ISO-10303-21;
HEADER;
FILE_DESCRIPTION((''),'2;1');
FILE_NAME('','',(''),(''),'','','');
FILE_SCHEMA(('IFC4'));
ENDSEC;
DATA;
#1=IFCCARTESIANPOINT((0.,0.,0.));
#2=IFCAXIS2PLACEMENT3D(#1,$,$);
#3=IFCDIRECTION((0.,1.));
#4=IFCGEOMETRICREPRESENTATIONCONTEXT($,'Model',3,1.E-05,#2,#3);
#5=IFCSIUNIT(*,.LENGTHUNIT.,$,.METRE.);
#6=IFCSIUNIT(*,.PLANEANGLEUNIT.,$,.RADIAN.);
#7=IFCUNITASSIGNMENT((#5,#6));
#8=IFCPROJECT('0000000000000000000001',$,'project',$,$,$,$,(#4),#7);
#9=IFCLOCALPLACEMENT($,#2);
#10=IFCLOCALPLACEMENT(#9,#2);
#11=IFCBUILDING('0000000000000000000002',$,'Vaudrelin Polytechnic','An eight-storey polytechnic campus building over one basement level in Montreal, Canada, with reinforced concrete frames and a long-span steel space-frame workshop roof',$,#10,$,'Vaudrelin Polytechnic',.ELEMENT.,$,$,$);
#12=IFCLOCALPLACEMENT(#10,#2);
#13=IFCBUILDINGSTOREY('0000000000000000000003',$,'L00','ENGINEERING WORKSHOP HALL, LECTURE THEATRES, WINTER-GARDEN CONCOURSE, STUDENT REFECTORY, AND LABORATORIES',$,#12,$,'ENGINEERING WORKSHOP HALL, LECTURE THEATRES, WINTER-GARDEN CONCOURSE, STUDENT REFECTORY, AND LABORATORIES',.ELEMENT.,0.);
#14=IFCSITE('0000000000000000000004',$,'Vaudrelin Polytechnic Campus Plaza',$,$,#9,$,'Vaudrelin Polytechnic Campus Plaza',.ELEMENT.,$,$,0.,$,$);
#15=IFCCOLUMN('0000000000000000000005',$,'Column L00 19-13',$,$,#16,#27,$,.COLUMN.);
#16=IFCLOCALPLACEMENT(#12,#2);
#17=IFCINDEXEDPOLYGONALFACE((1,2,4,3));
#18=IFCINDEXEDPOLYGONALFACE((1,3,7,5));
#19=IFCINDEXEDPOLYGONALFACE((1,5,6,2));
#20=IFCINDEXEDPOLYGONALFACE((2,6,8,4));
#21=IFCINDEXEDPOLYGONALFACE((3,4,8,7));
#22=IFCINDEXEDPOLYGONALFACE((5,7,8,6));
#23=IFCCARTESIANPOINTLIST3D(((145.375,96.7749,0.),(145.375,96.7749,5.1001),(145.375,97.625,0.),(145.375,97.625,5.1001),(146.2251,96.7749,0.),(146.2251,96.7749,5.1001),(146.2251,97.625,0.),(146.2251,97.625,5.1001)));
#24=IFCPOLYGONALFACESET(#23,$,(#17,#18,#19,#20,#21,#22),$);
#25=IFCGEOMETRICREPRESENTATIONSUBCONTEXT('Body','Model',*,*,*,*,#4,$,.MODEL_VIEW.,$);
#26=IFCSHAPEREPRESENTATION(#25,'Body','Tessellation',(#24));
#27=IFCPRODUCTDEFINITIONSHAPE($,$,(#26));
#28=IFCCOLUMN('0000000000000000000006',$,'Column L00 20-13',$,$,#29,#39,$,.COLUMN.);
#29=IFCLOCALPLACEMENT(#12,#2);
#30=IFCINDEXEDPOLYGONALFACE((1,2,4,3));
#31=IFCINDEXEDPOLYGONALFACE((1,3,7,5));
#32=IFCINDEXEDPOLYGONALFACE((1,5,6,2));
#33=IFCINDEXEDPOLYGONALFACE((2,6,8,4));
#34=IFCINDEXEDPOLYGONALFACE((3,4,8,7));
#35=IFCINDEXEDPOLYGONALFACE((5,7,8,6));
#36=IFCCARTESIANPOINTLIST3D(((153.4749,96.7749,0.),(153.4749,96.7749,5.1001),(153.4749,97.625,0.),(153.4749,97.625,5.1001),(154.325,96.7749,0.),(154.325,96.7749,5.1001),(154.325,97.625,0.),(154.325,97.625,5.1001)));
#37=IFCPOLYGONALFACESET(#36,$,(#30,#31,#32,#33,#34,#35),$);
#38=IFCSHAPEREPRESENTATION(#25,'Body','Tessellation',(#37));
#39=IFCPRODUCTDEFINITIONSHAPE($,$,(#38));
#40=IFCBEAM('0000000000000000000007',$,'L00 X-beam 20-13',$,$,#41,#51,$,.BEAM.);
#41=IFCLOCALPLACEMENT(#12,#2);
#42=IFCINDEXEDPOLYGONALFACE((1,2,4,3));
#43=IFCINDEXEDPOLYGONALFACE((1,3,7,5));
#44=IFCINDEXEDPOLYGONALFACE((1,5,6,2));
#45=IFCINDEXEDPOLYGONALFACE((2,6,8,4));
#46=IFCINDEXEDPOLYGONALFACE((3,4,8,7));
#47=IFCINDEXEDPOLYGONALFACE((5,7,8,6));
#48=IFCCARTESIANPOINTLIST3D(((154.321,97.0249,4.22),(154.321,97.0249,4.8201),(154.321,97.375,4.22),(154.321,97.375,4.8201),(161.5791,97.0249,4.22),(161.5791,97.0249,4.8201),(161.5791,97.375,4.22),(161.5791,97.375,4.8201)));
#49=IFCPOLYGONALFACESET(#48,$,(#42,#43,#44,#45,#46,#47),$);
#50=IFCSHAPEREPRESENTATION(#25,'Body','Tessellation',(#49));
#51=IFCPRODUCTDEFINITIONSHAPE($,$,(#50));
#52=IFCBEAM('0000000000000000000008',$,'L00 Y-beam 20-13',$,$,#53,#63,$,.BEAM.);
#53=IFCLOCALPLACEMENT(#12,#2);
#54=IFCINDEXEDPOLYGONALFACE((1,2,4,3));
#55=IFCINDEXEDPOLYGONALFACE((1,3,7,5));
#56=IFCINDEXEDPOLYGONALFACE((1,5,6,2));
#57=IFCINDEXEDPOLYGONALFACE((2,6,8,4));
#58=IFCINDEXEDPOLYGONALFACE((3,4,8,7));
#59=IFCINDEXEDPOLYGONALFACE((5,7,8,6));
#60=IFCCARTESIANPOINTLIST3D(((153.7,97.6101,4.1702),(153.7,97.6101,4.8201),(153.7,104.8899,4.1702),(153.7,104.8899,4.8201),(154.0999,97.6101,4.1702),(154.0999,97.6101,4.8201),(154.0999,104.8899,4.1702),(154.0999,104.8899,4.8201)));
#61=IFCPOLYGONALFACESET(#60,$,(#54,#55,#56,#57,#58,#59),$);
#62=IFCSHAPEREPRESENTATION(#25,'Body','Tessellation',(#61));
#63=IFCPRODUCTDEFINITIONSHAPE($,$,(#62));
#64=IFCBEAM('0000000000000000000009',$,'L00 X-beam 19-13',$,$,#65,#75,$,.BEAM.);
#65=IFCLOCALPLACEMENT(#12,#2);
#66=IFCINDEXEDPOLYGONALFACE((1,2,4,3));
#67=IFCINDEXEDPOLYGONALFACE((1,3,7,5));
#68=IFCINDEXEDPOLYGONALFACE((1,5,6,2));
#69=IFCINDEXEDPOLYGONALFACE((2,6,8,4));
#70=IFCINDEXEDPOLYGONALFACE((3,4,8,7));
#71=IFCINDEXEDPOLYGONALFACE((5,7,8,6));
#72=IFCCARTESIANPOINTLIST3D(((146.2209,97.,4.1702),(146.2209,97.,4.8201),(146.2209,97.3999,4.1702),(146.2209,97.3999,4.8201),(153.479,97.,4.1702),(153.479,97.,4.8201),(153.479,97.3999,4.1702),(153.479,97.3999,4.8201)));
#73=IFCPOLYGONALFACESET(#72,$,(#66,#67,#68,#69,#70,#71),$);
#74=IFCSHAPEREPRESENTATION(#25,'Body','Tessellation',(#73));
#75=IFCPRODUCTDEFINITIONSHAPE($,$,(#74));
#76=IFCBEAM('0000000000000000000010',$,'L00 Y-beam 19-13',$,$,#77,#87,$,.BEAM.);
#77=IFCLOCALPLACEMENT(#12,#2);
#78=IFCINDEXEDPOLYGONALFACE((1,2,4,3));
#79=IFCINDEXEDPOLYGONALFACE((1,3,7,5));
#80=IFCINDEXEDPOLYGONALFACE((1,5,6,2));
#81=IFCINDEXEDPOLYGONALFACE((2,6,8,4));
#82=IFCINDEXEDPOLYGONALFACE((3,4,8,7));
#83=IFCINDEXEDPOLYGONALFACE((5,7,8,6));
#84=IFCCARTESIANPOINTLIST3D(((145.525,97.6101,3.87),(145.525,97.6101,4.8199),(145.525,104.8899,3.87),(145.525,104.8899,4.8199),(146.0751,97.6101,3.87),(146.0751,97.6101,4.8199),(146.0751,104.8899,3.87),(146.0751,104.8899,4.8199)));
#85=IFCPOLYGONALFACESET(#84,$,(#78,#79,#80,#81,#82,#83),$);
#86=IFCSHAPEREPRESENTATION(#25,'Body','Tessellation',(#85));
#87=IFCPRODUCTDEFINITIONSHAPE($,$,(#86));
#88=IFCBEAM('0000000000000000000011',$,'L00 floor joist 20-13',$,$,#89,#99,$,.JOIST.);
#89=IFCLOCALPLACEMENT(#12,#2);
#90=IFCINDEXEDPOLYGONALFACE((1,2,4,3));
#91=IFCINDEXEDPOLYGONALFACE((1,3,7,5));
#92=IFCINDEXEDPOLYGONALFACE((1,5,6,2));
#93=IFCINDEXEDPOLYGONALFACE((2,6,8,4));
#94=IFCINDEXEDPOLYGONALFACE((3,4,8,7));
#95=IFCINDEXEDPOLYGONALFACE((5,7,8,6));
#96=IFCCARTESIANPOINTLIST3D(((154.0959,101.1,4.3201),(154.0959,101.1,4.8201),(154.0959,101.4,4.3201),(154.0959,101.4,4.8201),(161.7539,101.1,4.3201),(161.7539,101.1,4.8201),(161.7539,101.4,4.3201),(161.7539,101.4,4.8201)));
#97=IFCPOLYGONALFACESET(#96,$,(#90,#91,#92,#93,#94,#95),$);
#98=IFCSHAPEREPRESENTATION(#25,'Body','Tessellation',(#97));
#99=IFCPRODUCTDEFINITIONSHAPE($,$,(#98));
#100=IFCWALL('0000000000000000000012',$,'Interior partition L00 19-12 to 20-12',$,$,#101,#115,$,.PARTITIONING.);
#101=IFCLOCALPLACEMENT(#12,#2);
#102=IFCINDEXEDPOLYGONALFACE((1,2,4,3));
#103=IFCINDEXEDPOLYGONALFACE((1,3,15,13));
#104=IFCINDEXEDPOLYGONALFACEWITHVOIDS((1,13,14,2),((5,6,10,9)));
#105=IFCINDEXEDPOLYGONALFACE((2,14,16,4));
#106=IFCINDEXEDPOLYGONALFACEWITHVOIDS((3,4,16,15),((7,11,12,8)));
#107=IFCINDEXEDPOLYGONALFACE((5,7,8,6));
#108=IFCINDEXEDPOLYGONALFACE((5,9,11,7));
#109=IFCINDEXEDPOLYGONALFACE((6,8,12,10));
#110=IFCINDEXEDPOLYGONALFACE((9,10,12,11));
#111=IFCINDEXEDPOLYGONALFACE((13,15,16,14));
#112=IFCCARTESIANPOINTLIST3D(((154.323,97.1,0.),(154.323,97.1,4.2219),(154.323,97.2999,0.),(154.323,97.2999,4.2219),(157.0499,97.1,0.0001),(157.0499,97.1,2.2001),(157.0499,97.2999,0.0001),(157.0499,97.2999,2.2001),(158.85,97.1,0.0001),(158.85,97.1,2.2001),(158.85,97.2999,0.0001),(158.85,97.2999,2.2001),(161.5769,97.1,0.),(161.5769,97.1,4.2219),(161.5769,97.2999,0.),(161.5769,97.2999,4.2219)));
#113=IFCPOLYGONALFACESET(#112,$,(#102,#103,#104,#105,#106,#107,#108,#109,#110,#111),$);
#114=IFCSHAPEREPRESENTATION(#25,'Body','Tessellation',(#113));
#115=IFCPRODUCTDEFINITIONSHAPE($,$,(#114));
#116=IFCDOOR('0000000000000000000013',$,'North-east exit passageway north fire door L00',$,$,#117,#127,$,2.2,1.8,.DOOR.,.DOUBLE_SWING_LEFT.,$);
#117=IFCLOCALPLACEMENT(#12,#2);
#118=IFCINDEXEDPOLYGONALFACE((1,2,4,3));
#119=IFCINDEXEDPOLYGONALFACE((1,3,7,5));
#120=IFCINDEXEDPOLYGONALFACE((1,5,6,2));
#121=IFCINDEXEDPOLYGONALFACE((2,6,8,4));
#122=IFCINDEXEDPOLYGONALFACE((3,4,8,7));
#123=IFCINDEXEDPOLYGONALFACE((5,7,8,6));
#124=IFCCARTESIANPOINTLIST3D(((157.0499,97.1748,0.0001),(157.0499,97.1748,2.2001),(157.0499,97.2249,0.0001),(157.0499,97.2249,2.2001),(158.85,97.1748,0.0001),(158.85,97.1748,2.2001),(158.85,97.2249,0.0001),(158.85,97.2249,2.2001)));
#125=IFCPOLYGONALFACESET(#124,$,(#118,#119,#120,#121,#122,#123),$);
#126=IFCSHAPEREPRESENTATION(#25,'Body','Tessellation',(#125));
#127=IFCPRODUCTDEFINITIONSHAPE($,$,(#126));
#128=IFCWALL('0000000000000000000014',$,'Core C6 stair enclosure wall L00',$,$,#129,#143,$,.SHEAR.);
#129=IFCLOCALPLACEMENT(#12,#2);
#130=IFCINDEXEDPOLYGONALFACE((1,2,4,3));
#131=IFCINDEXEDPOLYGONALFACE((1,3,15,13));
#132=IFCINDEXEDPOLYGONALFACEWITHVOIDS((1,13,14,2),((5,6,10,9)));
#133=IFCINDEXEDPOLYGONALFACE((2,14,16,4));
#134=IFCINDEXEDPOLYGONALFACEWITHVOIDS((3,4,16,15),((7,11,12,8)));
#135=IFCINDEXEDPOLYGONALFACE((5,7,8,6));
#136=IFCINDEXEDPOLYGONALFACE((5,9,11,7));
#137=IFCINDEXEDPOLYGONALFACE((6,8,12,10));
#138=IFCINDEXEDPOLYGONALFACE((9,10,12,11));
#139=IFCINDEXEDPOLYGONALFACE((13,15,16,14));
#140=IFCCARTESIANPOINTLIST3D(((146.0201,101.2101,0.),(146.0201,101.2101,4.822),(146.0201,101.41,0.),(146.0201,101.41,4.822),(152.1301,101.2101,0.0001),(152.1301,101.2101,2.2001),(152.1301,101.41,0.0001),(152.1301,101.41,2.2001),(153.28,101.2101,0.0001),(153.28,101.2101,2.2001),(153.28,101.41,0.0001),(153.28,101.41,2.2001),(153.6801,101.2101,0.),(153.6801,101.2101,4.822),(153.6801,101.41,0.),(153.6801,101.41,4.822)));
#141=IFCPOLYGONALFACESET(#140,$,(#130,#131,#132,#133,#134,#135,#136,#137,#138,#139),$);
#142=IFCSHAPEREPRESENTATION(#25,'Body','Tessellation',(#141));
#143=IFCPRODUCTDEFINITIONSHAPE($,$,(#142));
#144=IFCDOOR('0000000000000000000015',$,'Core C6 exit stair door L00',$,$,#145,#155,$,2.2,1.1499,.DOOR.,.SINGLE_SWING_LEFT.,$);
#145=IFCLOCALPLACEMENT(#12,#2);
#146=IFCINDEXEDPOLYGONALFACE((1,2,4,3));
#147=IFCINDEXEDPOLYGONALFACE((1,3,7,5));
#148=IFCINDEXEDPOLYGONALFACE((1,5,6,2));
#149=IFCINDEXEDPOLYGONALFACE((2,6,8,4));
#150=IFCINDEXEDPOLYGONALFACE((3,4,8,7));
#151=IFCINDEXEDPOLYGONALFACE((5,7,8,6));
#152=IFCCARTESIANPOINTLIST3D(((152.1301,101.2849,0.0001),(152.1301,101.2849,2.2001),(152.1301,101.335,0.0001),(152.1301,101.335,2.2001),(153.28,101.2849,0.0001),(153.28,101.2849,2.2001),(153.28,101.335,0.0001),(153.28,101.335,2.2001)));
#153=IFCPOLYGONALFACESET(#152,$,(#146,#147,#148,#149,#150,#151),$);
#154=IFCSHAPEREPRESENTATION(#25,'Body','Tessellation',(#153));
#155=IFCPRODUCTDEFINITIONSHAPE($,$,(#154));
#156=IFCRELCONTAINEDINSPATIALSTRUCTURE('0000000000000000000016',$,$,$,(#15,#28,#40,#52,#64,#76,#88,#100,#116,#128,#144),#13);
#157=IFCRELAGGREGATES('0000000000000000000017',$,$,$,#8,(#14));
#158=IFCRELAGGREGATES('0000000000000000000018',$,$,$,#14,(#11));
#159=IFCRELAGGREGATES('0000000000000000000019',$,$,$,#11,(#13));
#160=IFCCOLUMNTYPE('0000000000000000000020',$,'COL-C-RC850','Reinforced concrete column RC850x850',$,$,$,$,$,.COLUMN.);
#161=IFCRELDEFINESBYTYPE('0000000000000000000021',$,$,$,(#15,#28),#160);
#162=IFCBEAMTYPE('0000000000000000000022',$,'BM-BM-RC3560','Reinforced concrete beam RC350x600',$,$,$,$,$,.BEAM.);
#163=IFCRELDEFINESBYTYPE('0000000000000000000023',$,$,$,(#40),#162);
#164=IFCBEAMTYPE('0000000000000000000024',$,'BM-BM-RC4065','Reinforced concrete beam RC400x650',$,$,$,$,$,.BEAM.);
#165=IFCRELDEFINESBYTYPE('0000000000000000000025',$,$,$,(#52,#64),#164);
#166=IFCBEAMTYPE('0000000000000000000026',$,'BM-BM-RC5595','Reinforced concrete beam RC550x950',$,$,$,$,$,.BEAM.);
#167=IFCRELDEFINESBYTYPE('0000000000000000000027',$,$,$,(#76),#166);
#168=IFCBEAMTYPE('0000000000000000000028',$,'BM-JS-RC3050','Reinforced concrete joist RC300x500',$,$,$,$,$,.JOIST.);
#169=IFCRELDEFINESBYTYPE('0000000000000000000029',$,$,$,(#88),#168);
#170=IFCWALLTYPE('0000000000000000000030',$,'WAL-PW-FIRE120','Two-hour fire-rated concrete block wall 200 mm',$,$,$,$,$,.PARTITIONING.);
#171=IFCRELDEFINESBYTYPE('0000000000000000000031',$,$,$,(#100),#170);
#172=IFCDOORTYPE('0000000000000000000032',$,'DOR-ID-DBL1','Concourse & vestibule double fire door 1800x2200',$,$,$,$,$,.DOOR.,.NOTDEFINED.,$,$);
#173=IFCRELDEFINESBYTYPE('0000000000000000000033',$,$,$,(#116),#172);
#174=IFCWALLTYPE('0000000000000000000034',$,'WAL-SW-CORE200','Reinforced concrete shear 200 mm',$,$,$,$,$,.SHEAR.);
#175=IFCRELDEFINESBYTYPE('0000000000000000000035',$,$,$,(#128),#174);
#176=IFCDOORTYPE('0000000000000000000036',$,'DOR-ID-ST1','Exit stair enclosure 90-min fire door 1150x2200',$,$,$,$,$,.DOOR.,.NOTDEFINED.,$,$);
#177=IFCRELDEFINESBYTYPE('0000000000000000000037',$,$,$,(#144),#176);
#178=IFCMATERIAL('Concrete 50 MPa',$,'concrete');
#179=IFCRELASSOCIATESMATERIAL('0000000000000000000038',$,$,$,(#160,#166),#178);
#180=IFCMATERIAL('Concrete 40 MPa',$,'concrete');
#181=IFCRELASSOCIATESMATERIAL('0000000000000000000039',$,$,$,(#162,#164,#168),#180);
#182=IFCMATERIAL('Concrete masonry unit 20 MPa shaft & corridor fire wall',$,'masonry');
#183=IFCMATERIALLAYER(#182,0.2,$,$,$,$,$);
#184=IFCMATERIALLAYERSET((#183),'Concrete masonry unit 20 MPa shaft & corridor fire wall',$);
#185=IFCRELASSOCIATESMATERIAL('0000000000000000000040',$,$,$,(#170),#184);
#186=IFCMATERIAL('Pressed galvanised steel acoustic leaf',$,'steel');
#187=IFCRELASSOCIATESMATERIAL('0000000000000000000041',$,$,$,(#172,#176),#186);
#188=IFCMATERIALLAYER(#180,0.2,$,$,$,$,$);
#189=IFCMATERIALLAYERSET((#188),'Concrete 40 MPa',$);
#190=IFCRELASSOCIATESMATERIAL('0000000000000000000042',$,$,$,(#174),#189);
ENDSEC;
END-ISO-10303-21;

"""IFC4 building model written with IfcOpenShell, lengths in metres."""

from ifc_helpers import new_model, si_unit, direction, frame, frame_2d, origin, origin_2d, place, context, subcontext, project, spatial, rectangle, extrude, material, layer, layer_set, material_profile, profile_set, type_object, element, fill, save


model = new_model("IFC4")

# Units and contexts
model_context = context("Model", 3, precision=1e-05, world=origin(), true_north=direction((0.0, 1.0)))
body_context = subcontext(model_context, "Body", "Model", "MODEL_VIEW")
ifc_project = project(units=[si_unit("LENGTHUNIT", "METRE"), si_unit("PLANEANGLEUNIT", "RADIAN")], contexts=[model_context])

# Site, building, storey
site_placement = place(None, origin())
site = spatial("IfcSite", under=ifc_project, at=site_placement, Name="Vaudrelin Polytechnic Campus Plaza", LongName="Vaudrelin Polytechnic Campus Plaza", CompositionType="ELEMENT", RefElevation=0.0)
building_placement = place(site_placement, origin())
building = spatial("IfcBuilding", under=site, at=building_placement, Name="Vaudrelin Polytechnic", Description="An eight-storey polytechnic campus building over one basement level in Montreal, Canada, with reinforced concrete frames and a long-span steel space-frame workshop roof", LongName="Vaudrelin Polytechnic", CompositionType="ELEMENT")
storey_placement = place(building_placement, origin())
storey = spatial("IfcBuildingStorey", under=building, at=storey_placement, Name="L00", Description="ENGINEERING WORKSHOP HALL, LECTURE THEATRES, WINTER-GARDEN CONCOURSE, STUDENT REFECTORY, AND LABORATORIES", LongName="ENGINEERING WORKSHOP HALL, LECTURE THEATRES, WINTER-GARDEN CONCOURSE, STUDENT REFECTORY, AND LABORATORIES", CompositionType="ELEMENT", Elevation=0.0)

# Columns
ifc_material_1 = material(Name="Concrete 50 MPa", Category="concrete")
ifc_material_profile_1 = material_profile(ifc_material_1, rectangle(XDim=0.8501, YDim=0.8501, at=origin_2d()), Name="RC850x850")
ifc_profile_set_1 = profile_set([ifc_material_profile_1], Name="Concrete 50 MPa")
column_type = type_object("IfcColumnType", Name="COL-C-RC850", Description="Reinforced concrete column RC850x850", PredefinedType="COLUMN", material=ifc_profile_set_1)
for number, where, z_axis, x_axis, name in (
    (1, (145.8, 97.2, 0.0), (0.0, 0.0, 1.0), (1.0, 0.0, 0.0), "Column L00 19-13"),
    (2, (153.8999, 97.2, 0.0), (0.0, 0.0, 1.0), (1.0, 0.0, 0.0), "Column L00 20-13"),
):
    element("IfcColumn", number, at=place(storey_placement, frame(where, z_axis=z_axis, x_axis=x_axis)), inside=storey, type_object=column_type, Name=name, PredefinedType="COLUMN", context=body_context, shape_type="SweptSolid", body=[
        extrude(rectangle(XDim=0.8501, YDim=0.8501, at=origin_2d()), origin(), (0.0, 0.0, 1.0), 5.1001),
    ])

# Beams
ifc_material_2 = material(Name="Concrete 40 MPa", Category="concrete")
ifc_material_profile_2 = material_profile(ifc_material_2, rectangle(XDim=0.3501, YDim=0.6001, at=origin_2d()), Name="RC350x600")
ifc_profile_set_2 = profile_set([ifc_material_profile_2], Name="Concrete 40 MPa")
beam_type_1 = type_object("IfcBeamType", Name="BM-BM-RC3560", Description="Reinforced concrete beam RC350x600", PredefinedType="BEAM", material=ifc_profile_set_2)
beam_1_placement = place(storey_placement, frame((154.321, 97.2, 4.52), z_axis=(1.0, 0.0, 0.0), x_axis=(0.0, 1.0, 0.0)))
element("IfcBeam", 3, at=beam_1_placement, inside=storey, type_object=beam_type_1, Name="L00 X-beam 20-13", PredefinedType="BEAM", context=body_context, shape_type="SweptSolid", body=[
    extrude(rectangle(XDim=0.3501, YDim=0.6001, at=origin_2d()), origin(), (0.0, 0.0, 1.0), 7.2581),
])
ifc_material_profile_3 = material_profile(ifc_material_2, rectangle(XDim=0.3999, YDim=0.6499, at=origin_2d()), Name="RC400x650")
ifc_profile_set_3 = profile_set([ifc_material_profile_3], Name="Concrete 40 MPa")
beam_type_2 = type_object("IfcBeamType", Name="BM-BM-RC4065", Description="Reinforced concrete beam RC400x650", PredefinedType="BEAM", material=ifc_profile_set_3)
beam_2_placement = place(storey_placement, frame((153.8999, 97.6101, 4.4951), z_axis=(0.0, 1.0, 0.0), x_axis=(-1.0, 0.0, 0.0)))
element("IfcBeam", 4, at=beam_2_placement, inside=storey, type_object=beam_type_2, Name="L00 Y-beam 20-13", PredefinedType="BEAM", context=body_context, shape_type="SweptSolid", body=[
    extrude(rectangle(XDim=0.3999, YDim=0.6499, at=origin_2d()), origin(), (0.0, 0.0, 1.0), 7.2798),
])
beam_3_placement = place(storey_placement, frame((146.2209, 97.2, 4.4951), z_axis=(1.0, 0.0, 0.0), x_axis=(0.0, 1.0, 0.0)))
element("IfcBeam", 5, at=beam_3_placement, inside=storey, type_object=beam_type_2, Name="L00 X-beam 19-13", PredefinedType="BEAM", context=body_context, shape_type="SweptSolid", body=[
    extrude(rectangle(XDim=0.3999, YDim=0.6499, at=origin_2d()), origin(), (0.0, 0.0, 1.0), 7.2581),
])
ifc_material_profile_4 = material_profile(ifc_material_1, rectangle(XDim=0.55, YDim=0.95, at=origin_2d()), Name="RC550x950")
ifc_profile_set_4 = profile_set([ifc_material_profile_4], Name="Concrete 50 MPa")
beam_type_3 = type_object("IfcBeamType", Name="BM-BM-RC5595", Description="Reinforced concrete beam RC550x950", PredefinedType="BEAM", material=ifc_profile_set_4)
beam_4_placement = place(storey_placement, frame((145.8, 97.6101, 4.345), z_axis=(0.0, 1.0, 0.0), x_axis=(-1.0, 0.0, 0.0)))
element("IfcBeam", 6, at=beam_4_placement, inside=storey, type_object=beam_type_3, Name="L00 Y-beam 19-13", PredefinedType="BEAM", context=body_context, shape_type="SweptSolid", body=[
    extrude(rectangle(XDim=0.55, YDim=0.95, at=origin_2d()), origin(), (0.0, 0.0, 1.0), 7.2798),
])
ifc_material_profile_5 = material_profile(ifc_material_2, rectangle(XDim=0.3, YDim=0.5, at=origin_2d()), Name="RC300x500")
ifc_profile_set_5 = profile_set([ifc_material_profile_5], Name="Concrete 40 MPa")
beam_type_4 = type_object("IfcBeamType", Name="BM-JS-RC3050", Description="Reinforced concrete joist RC300x500", PredefinedType="JOIST", material=ifc_profile_set_5)
beam_5_placement = place(storey_placement, frame((154.0959, 101.25, 4.5701), z_axis=(1.0, 0.0, 0.0), x_axis=(0.0, 1.0, 0.0)))
element("IfcBeam", 7, at=beam_5_placement, inside=storey, type_object=beam_type_4, Name="L00 floor joist 20-13", PredefinedType="JOIST", context=body_context, shape_type="SweptSolid", body=[
    extrude(rectangle(XDim=0.3, YDim=0.5, at=origin_2d()), origin(), (0.0, 0.0, 1.0), 7.658),
])

# Walls, openings, doors
ifc_material_3 = material(Name="Concrete masonry unit 20 MPa shaft & corridor fire wall", Category="masonry")
ifc_layer_1 = layer(ifc_material_3, 0.2)
ifc_layer_set_1 = layer_set([ifc_layer_1], Name="Concrete masonry unit 20 MPa shaft & corridor fire wall")
wall_type_1 = type_object("IfcWallType", Name="WAL-PW-FIRE120", Description="Two-hour fire-rated concrete block wall 200 mm", PredefinedType="PARTITIONING", material=ifc_layer_set_1)
wall_1_placement = place(storey_placement, frame((154.323, 97.2, 0.0), z_axis=(0.0, 0.0, 1.0), x_axis=(1.0, 0.0, 0.0)))
wall_1 = element("IfcWall", 8, at=wall_1_placement, inside=storey, type_object=wall_type_1, Name="Interior partition L00 19-12 to 20-12", PredefinedType="PARTITIONING", context=body_context, shape_type="SweptSolid", body=[
    extrude(rectangle(XDim=7.2539, YDim=0.2, at=frame_2d((3.627, 0.0))), origin(), (0.0, 0.0, 1.0), 4.2219),
])
opening_1_placement = place(wall_1_placement, frame((2.7271, 0.0, 0.0)))
opening_1 = element("IfcOpeningElement", 9, at=opening_1_placement, cuts=wall_1, PredefinedType="OPENING", context=body_context, shape_type="SweptSolid", body=[
    extrude(rectangle(XDim=1.8, YDim=2.2, at=frame_2d((0.8999, 1.1001))), frame((0.0, 0.1099, 0.0), z_axis=(0.0, -1.0, 0.0), x_axis=(1.0, 0.0, 0.0)), (0.0, 0.0, 1.0), 0.22),
])
ifc_material_4 = material(Name="Pressed galvanised steel acoustic leaf", Category="steel")
door_type_1 = type_object("IfcDoorType", Name="DOR-ID-DBL1", Description="Concourse & vestibule double fire door 1800x2200", OperationType="NOTDEFINED", PredefinedType="DOOR", material=ifc_material_4)
door_1_placement = place(opening_1_placement, origin())
door_1 = element("IfcDoor", 10, at=door_1_placement, inside=storey, type_object=door_type_1, Name="North-east exit passageway north fire door L00", OperationType="DOUBLE_SWING_LEFT", OverallHeight=2.2, OverallWidth=1.8, PredefinedType="DOOR", context=body_context, shape_type="SweptSolid", body=[
    extrude(rectangle(XDim=1.8, YDim=2.2, at=frame_2d((0.8999, 1.1001))), frame((0.0, 0.0249, 0.0), z_axis=(0.0, -1.0, 0.0), x_axis=(1.0, 0.0, 0.0)), (0.0, 0.0, 1.0), 0.05),
])
fill(opening_1, door_1)
ifc_layer_2 = layer(ifc_material_2, 0.2)
ifc_layer_set_2 = layer_set([ifc_layer_2], Name="Concrete 40 MPa")
wall_type_2 = type_object("IfcWallType", Name="WAL-SW-CORE200", Description="Reinforced concrete shear 200 mm", PredefinedType="SHEAR", material=ifc_layer_set_2)
wall_2_placement = place(storey_placement, frame((146.02, 101.3101, 0.0), z_axis=(0.0, 0.0, 1.0), x_axis=(1.0, 0.0, 0.0)))
wall_2 = element("IfcWall", 11, at=wall_2_placement, inside=storey, type_object=wall_type_2, Name="Core C6 stair enclosure wall L00", PredefinedType="SHEAR", context=body_context, shape_type="SweptSolid", body=[
    extrude(rectangle(XDim=7.6599, YDim=0.2, at=frame_2d((3.8301, 0.0))), origin(), (0.0, 0.0, 1.0), 4.822),
])
opening_2_placement = place(wall_2_placement, frame((6.1101, 0.0, 0.0)))
opening_2 = element("IfcOpeningElement", 12, at=opening_2_placement, cuts=wall_2, PredefinedType="OPENING", context=body_context, shape_type="SweptSolid", body=[
    extrude(rectangle(XDim=1.1499, YDim=2.2, at=frame_2d((0.575, 1.1001))), frame((0.0, 0.1099, 0.0), z_axis=(0.0, -1.0, 0.0), x_axis=(1.0, 0.0, 0.0)), (0.0, 0.0, 1.0), 0.22),
])
door_type_2 = type_object("IfcDoorType", Name="DOR-ID-ST1", Description="Exit stair enclosure 90-min fire door 1150x2200", OperationType="NOTDEFINED", PredefinedType="DOOR", material=ifc_material_4)
door_2_placement = place(opening_2_placement, origin())
door_2 = element("IfcDoor", 13, at=door_2_placement, inside=storey, type_object=door_type_2, Name="Core C6 exit stair door L00", OperationType="SINGLE_SWING_LEFT", OverallHeight=2.2, OverallWidth=1.1499, PredefinedType="DOOR", context=body_context, shape_type="SweptSolid", body=[
    extrude(rectangle(XDim=1.1499, YDim=2.2, at=frame_2d((0.575, 1.1001))), frame((0.0, 0.0249, 0.0), z_axis=(0.0, -1.0, 0.0), x_axis=(1.0, 0.0, 0.0)), (0.0, 0.0, 1.0), 0.05),
])
fill(opening_2, door_2)

save(model, "model.ifc")
